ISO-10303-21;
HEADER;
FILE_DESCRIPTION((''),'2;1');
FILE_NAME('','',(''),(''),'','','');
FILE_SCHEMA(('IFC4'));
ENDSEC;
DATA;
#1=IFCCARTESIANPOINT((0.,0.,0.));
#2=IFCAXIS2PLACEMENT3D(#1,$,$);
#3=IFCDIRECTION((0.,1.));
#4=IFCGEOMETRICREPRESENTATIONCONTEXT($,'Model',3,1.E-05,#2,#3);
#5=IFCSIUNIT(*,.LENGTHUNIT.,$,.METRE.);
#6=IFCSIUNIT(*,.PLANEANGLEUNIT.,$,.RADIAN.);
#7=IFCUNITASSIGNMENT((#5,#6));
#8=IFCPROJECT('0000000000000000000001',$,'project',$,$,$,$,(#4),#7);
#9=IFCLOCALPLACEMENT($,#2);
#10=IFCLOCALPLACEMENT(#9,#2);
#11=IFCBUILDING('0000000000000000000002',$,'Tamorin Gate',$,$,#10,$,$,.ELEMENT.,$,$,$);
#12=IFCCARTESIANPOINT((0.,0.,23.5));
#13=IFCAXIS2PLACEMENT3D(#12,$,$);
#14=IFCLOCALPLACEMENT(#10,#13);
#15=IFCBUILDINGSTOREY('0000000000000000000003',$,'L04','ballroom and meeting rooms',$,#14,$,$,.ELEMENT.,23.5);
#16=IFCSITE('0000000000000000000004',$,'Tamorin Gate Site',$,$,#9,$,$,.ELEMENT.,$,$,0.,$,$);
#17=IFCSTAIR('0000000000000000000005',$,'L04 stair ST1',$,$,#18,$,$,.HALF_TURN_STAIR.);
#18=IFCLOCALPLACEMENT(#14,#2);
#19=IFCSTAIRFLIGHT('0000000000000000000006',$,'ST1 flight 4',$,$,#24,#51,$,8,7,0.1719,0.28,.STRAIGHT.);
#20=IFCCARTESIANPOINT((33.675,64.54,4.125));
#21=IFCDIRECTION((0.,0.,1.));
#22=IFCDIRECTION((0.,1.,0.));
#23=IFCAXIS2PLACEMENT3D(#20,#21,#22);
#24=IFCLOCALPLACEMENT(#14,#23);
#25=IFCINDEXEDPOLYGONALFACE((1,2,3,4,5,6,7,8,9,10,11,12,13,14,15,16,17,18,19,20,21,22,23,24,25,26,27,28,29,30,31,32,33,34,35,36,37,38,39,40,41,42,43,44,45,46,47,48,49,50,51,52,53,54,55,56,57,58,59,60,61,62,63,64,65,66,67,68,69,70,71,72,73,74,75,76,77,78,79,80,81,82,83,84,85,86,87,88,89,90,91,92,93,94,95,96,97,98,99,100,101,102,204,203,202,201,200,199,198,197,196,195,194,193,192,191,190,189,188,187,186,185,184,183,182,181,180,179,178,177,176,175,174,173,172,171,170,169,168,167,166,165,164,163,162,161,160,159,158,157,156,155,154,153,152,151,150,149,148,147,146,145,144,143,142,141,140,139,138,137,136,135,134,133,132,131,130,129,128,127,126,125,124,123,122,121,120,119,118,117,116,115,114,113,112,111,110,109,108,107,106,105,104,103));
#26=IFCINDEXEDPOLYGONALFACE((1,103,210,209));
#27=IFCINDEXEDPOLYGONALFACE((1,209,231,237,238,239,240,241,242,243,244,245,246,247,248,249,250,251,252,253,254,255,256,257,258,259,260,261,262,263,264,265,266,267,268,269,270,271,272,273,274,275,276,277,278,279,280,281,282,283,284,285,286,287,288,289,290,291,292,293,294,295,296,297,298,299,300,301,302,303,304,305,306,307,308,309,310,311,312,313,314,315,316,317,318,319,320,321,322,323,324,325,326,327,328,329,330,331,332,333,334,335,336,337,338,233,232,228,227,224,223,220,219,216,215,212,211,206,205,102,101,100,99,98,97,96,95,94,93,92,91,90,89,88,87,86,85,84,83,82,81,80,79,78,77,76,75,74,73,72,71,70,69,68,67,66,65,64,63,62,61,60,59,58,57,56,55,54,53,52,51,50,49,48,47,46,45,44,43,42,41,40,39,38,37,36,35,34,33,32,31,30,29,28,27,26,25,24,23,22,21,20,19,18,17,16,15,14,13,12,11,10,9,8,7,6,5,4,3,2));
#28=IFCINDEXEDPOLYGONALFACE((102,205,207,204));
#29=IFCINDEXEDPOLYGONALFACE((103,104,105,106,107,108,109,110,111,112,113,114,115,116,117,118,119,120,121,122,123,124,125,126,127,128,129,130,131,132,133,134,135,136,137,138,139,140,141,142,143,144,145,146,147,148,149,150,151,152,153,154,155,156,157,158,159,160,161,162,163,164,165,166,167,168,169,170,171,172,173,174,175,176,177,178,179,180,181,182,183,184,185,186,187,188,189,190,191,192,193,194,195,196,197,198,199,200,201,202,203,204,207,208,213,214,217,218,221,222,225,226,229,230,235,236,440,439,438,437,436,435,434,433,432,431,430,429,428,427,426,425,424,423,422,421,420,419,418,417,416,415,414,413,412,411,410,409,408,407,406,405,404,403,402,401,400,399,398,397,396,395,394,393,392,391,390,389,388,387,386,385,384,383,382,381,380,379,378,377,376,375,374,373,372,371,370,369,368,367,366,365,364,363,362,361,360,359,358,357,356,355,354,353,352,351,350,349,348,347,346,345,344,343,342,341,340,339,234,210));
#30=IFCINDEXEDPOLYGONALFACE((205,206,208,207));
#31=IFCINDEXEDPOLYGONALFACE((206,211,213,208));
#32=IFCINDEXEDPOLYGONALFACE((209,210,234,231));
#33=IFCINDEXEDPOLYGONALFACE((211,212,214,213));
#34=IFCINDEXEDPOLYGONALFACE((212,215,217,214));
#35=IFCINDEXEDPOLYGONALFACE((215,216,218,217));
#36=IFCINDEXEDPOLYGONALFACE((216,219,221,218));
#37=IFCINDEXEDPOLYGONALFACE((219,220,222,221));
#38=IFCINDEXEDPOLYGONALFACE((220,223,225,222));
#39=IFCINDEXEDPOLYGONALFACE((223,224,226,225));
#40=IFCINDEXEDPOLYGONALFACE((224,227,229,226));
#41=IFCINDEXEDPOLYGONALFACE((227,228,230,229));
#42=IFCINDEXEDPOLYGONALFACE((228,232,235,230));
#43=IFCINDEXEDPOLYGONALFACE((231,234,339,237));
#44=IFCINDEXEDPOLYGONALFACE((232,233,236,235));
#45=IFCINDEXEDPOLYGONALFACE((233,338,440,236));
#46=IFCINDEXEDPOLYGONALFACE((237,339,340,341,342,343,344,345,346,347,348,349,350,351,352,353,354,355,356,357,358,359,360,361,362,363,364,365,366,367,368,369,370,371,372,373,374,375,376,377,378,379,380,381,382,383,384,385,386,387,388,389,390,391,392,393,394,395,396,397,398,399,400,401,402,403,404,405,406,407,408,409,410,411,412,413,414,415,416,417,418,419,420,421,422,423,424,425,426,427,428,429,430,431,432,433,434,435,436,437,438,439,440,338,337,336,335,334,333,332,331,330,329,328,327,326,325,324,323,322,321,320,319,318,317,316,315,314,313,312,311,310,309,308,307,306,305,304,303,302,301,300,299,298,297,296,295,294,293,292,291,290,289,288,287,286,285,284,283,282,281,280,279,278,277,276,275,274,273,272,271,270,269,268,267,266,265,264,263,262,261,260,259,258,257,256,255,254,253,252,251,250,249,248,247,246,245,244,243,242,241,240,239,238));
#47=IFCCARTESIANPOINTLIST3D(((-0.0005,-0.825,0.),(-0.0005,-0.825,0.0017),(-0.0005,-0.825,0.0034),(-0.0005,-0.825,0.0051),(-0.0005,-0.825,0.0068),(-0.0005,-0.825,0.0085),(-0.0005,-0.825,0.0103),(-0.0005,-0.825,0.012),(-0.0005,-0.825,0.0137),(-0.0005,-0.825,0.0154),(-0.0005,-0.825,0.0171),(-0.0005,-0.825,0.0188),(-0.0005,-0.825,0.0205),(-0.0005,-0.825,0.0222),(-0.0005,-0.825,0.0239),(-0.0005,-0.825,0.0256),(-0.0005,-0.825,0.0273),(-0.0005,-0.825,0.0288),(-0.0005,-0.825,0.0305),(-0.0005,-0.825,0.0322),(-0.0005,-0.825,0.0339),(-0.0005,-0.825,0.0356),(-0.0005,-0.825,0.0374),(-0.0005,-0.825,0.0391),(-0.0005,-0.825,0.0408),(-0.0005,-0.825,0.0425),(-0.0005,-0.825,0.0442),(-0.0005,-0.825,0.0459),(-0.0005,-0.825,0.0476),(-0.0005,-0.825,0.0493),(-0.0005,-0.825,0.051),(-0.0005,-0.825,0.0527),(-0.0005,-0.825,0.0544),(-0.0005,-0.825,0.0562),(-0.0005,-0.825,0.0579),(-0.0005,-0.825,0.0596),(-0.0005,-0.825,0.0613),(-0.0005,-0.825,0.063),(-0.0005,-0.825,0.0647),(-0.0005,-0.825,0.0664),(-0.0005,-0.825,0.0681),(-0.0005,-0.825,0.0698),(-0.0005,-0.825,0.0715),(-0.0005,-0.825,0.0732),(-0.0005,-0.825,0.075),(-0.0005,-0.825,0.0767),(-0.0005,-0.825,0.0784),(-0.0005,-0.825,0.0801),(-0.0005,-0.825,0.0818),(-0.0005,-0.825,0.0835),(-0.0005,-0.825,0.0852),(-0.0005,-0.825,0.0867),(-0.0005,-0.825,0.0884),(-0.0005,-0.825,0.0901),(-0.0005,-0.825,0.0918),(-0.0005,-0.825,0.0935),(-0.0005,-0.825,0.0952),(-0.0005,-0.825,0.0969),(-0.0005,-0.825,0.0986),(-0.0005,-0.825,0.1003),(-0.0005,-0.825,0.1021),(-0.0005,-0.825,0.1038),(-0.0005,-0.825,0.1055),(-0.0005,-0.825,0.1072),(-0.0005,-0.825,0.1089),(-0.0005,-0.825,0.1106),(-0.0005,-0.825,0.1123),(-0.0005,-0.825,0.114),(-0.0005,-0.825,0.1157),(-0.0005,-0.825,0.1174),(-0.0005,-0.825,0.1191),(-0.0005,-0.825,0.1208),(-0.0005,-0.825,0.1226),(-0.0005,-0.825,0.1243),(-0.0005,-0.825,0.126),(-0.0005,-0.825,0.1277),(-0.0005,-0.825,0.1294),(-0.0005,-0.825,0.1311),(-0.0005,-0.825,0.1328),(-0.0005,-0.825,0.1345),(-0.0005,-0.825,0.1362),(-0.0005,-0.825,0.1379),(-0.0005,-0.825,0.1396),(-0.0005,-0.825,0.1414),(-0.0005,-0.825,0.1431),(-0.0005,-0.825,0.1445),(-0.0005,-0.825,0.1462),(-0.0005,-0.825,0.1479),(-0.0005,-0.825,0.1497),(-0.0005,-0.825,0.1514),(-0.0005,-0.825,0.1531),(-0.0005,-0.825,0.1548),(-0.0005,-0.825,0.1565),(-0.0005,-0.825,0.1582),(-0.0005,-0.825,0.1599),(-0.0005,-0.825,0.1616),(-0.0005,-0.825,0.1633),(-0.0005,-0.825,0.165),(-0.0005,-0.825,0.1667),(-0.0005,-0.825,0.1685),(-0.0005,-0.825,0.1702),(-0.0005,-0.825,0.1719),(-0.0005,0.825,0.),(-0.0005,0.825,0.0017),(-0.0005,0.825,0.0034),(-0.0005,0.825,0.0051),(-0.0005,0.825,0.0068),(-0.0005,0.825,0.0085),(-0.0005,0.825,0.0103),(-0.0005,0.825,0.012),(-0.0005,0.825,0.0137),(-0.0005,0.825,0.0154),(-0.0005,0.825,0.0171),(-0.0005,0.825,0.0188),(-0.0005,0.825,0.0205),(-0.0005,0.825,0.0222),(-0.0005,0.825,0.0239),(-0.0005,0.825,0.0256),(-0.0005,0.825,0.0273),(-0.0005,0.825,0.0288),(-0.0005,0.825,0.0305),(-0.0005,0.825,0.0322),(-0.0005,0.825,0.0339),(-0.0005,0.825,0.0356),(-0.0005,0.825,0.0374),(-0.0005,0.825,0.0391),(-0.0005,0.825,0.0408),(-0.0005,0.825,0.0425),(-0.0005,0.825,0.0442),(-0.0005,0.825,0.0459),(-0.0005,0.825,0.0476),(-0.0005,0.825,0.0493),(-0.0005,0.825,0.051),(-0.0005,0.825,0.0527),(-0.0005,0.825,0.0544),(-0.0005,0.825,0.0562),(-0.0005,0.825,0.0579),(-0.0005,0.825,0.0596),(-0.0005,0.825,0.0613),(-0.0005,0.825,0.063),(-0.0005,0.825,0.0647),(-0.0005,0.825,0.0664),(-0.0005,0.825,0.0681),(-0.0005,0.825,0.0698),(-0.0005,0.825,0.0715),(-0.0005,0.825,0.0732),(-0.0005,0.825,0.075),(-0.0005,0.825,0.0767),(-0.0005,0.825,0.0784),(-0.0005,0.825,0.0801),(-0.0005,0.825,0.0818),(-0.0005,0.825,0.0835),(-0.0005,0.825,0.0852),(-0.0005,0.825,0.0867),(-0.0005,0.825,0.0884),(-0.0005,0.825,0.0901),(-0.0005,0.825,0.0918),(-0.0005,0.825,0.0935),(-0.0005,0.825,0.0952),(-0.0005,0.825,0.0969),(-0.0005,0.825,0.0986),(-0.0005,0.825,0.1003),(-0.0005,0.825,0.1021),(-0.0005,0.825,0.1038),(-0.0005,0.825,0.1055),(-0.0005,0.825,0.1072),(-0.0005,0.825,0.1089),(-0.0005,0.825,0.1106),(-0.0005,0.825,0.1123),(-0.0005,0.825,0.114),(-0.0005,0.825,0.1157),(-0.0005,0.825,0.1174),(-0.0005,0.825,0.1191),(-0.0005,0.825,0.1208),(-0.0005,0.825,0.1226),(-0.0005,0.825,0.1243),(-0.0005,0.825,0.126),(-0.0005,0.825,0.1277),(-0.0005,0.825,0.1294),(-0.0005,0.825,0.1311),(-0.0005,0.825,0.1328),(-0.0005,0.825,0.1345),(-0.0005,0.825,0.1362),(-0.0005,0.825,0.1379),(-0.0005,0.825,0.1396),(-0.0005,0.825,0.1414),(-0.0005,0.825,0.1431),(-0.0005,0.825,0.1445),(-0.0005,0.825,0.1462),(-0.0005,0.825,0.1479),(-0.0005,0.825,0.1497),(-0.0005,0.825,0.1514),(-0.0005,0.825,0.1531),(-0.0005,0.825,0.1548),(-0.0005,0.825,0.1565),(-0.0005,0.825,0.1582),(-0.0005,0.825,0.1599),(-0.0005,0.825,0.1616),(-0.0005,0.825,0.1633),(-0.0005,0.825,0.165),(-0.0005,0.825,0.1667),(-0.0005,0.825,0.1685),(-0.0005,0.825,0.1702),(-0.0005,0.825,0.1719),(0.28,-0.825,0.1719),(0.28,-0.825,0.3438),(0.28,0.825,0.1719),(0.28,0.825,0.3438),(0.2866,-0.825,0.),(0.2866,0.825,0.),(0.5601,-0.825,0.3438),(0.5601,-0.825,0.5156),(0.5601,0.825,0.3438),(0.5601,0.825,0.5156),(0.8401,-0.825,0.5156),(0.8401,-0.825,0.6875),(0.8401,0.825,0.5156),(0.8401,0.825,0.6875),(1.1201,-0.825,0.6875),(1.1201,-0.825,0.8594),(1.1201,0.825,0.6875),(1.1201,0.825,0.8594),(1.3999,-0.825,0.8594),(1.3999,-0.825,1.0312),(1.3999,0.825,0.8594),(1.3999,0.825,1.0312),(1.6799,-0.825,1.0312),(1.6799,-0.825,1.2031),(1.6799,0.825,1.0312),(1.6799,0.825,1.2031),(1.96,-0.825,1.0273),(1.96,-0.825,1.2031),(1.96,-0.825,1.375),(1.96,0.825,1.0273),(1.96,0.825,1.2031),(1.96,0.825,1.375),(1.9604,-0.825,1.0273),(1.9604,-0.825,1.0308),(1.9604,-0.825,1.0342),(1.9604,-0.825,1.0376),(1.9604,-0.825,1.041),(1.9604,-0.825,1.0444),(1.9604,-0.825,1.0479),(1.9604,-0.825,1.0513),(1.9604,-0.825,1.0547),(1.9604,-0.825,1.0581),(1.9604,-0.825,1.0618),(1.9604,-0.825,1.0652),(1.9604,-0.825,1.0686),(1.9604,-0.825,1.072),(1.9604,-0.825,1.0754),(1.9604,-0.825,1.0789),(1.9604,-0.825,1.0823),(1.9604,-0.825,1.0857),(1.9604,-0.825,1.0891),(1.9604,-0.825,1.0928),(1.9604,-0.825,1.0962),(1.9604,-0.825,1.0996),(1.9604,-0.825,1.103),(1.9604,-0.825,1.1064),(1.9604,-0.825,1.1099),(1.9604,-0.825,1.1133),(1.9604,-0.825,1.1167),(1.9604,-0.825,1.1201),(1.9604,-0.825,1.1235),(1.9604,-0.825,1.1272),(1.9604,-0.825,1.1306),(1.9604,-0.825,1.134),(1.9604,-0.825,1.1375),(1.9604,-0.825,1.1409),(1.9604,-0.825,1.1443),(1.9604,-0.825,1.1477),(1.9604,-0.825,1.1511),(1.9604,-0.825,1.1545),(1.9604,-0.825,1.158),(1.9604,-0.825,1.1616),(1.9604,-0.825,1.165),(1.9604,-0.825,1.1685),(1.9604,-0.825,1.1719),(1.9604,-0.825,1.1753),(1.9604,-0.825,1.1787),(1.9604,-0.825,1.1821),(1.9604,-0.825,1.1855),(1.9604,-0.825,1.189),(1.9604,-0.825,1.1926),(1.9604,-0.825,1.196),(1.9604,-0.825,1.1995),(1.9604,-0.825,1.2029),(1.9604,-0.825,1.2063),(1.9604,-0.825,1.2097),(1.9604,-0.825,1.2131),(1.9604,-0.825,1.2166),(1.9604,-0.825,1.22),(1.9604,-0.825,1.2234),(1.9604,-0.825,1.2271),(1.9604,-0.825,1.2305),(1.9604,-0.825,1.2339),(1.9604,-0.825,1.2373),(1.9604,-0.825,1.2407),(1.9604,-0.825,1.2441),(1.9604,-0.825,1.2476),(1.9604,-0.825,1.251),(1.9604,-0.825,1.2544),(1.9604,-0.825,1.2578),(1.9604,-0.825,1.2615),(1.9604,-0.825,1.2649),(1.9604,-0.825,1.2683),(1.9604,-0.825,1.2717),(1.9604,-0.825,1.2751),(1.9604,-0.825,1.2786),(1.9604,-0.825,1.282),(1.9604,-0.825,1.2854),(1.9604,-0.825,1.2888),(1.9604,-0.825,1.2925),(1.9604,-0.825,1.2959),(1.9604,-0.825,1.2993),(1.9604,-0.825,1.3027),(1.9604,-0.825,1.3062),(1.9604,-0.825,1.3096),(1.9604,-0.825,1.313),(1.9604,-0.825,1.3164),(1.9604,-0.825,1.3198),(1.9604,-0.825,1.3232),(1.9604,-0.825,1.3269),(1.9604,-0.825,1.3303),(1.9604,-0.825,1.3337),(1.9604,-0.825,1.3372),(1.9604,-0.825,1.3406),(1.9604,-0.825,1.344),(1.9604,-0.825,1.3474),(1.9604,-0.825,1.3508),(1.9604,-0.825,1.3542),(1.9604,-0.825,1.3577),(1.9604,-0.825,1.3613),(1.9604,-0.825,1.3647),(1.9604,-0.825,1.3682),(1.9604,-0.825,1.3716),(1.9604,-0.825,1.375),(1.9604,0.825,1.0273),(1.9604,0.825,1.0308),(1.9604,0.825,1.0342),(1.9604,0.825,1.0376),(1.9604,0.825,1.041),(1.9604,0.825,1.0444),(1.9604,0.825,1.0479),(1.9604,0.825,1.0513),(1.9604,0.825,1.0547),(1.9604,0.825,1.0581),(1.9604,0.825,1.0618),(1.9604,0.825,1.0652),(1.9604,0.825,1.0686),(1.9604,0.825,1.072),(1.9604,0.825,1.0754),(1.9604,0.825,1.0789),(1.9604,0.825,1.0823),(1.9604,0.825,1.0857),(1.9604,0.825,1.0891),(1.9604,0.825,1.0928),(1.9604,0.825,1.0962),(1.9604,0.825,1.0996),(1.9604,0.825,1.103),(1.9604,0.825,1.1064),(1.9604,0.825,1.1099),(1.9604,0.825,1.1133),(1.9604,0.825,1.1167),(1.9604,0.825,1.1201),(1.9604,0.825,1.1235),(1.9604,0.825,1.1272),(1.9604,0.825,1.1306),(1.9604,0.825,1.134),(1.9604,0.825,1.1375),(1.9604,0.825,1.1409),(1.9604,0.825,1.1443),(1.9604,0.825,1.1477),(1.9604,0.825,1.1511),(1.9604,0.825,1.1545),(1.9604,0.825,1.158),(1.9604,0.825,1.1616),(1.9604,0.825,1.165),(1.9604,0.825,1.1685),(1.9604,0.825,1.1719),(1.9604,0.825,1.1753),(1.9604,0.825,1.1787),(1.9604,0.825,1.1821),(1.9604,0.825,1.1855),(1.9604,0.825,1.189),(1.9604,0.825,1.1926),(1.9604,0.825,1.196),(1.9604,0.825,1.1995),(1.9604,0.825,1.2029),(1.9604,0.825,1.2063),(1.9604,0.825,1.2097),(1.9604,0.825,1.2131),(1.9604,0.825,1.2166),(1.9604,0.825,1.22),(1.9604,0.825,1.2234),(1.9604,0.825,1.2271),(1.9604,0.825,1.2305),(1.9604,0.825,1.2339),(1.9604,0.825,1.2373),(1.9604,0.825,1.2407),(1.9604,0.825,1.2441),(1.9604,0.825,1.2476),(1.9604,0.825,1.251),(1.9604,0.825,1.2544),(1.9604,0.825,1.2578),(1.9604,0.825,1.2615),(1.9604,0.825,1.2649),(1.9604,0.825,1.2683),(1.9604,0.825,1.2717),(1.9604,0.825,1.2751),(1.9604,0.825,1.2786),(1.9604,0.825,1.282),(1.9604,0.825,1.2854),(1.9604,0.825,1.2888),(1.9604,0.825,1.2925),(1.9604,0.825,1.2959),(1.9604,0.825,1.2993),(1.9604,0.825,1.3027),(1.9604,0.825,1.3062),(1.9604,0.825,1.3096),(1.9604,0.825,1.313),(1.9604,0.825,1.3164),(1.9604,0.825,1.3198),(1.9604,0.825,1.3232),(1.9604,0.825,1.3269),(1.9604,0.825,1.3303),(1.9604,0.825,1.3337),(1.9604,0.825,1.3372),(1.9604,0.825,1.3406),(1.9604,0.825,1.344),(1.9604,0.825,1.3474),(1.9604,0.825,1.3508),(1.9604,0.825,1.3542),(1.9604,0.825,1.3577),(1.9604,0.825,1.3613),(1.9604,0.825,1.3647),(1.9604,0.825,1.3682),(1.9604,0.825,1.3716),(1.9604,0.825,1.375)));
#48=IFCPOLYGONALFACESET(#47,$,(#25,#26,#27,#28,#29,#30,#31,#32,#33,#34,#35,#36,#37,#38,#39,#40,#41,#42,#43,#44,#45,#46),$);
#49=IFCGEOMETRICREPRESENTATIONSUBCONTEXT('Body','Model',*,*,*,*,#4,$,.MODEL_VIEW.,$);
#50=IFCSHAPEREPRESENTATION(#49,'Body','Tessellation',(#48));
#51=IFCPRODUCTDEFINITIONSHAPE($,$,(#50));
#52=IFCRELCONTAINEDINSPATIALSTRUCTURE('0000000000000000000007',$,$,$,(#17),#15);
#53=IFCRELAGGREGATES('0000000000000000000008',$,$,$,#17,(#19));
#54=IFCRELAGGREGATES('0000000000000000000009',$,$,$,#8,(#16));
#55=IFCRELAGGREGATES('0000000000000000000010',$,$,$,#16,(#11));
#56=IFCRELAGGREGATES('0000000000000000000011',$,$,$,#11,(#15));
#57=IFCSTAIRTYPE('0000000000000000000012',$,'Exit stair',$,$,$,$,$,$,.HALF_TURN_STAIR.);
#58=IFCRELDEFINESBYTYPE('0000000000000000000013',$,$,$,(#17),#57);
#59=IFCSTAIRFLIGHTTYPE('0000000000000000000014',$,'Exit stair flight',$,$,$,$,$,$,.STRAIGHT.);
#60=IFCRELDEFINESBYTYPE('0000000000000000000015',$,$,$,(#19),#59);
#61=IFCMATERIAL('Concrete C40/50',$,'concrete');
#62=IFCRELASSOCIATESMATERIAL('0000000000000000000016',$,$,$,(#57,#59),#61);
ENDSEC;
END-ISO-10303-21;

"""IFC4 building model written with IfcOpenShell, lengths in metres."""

from ifc_helpers import new_model, si_unit, direction, frame, origin, place, context, subcontext, project, spatial, polyline, outline, extrude, material, type_object, element, aggregate, save


model = new_model("IFC4")

# Units and contexts
model_context = context("Model", 3, precision=1e-05, world=origin(), true_north=direction((0.0, 1.0)))
body_context = subcontext(model_context, "Body", "Model", "MODEL_VIEW")
ifc_project = project(units=[si_unit("LENGTHUNIT", "METRE"), si_unit("PLANEANGLEUNIT", "RADIAN")], contexts=[model_context])

# Site, building, storey
site_placement = place(None, origin())
site = spatial("IfcSite", under=ifc_project, at=site_placement, Name="Tamorin Gate Site", CompositionType="ELEMENT", RefElevation=0.0)
building_placement = place(site_placement, origin())
building = spatial("IfcBuilding", under=site, at=building_placement, Name="Tamorin Gate", CompositionType="ELEMENT")
storey_placement = place(building_placement, frame((0.0, 0.0, 23.5)))
storey = spatial("IfcBuildingStorey", under=building, at=storey_placement, Name="L04", Description="ballroom and meeting rooms", CompositionType="ELEMENT", Elevation=23.5)

# Stair, stair flight
ifc_material_1 = material(Name="Concrete C40/50", Category="concrete")
stair_type = type_object("IfcStairType", Name="Exit stair", PredefinedType="HALF_TURN_STAIR", material=ifc_material_1)
stair_placement = place(storey_placement, origin())
stair = element("IfcStair", 1, at=stair_placement, inside=storey, type_object=stair_type, Name="L04 stair ST1", PredefinedType="HALF_TURN_STAIR")
stair_flight_type = type_object("IfcStairFlightType", Name="Exit stair flight", PredefinedType="STRAIGHT", material=ifc_material_1)
stair_flight_1_placement = place(storey_placement, frame((33.675, 64.54, 4.125), z_axis=(0.0, 0.0, 1.0), x_axis=(0.0, 1.0, 0.0)))
stair_flight_1 = element("IfcStairFlight", 2, at=stair_flight_1_placement, type_object=stair_flight_type, Name="ST1 flight 4", NumberOfRisers=8, NumberOfTreads=7, PredefinedType="STRAIGHT", RiserHeight=0.1719, TreadLength=0.28, context=body_context, shape_type="SweptSolid", body=[
    extrude(outline(polyline([(-0.0005, 0.0), (-0.0005, 0.0017), (-0.0005, 0.0034), (-0.0005, 0.0051), (-0.0005, 0.0068), (-0.0005, 0.0085), (-0.0005, 0.0103), (-0.0005, 0.012), (-0.0005, 0.0137), (-0.0005, 0.0154), (-0.0005, 0.0171), (-0.0005, 0.0188), (-0.0005, 0.0205), (-0.0005, 0.0222), (-0.0005, 0.0239), (-0.0005, 0.0256), (-0.0005, 0.0273), (-0.0005, 0.0288), (-0.0005, 0.0305), (-0.0005, 0.0322), (-0.0005, 0.0339), (-0.0005, 0.0356), (-0.0005, 0.0374), (-0.0005, 0.0391), (-0.0005, 0.0408), (-0.0005, 0.0425), (-0.0005, 0.0442), (-0.0005, 0.0459), (-0.0005, 0.0476), (-0.0005, 0.0493), (-0.0005, 0.051), (-0.0005, 0.0527), (-0.0005, 0.0544), (-0.0005, 0.0562), (-0.0005, 0.0579), (-0.0005, 0.0596), (-0.0005, 0.0613), (-0.0005, 0.063), (-0.0005, 0.0647), (-0.0005, 0.0664), (-0.0005, 0.0681), (-0.0005, 0.0698), (-0.0005, 0.0715), (-0.0005, 0.0732), (-0.0005, 0.075), (-0.0005, 0.0767), (-0.0005, 0.0784), (-0.0005, 0.0801), (-0.0005, 0.0818), (-0.0005, 0.0835), (-0.0005, 0.0852), (-0.0005, 0.0867), (-0.0005, 0.0884), (-0.0005, 0.0901), (-0.0005, 0.0918), (-0.0005, 0.0935), (-0.0005, 0.0952), (-0.0005, 0.0969), (-0.0005, 0.0986), (-0.0005, 0.1003), (-0.0005, 0.1021), (-0.0005, 0.1038), (-0.0005, 0.1055), (-0.0005, 0.1072), (-0.0005, 0.1089), (-0.0005, 0.1106), (-0.0005, 0.1123), (-0.0005, 0.114), (-0.0005, 0.1157), (-0.0005, 0.1174), (-0.0005, 0.1191), (-0.0005, 0.1208), (-0.0005, 0.1226), (-0.0005, 0.1243), (-0.0005, 0.126), (-0.0005, 0.1277), (-0.0005, 0.1294), (-0.0005, 0.1311), (-0.0005, 0.1328), (-0.0005, 0.1345), (-0.0005, 0.1362), (-0.0005, 0.1379), (-0.0005, 0.1396), (-0.0005, 0.1414), (-0.0005, 0.1431), (-0.0005, 0.1445), (-0.0005, 0.1462), (-0.0005, 0.1479), (-0.0005, 0.1497), (-0.0005, 0.1514), (-0.0005, 0.1531), (-0.0005, 0.1548), (-0.0005, 0.1565), (-0.0005, 0.1582), (-0.0005, 0.1599), (-0.0005, 0.1616), (-0.0005, 0.1633), (-0.0005, 0.165), (-0.0005, 0.1667), (-0.0005, 0.1685), (-0.0005, 0.1702), (-0.0005, 0.1719), (0.28, 0.1719), (0.28, 0.3438), (0.5601, 0.3438), (0.5601, 0.5156), (0.8401, 0.5156), (0.8401, 0.6875), (1.1201, 0.6875), (1.1201, 0.8594), (1.3999, 0.8594), (1.3999, 1.0312), (1.6799, 1.0312), (1.6799, 1.2031), (1.96, 1.2031), (1.96, 1.375), (1.9604, 1.375), (1.9604, 1.3716), (1.9604, 1.3682), (1.9604, 1.3647), (1.9604, 1.3613), (1.9604, 1.3577), (1.9604, 1.3542), (1.9604, 1.3508), (1.9604, 1.3474), (1.9604, 1.344), (1.9604, 1.3406), (1.9604, 1.3372), (1.9604, 1.3337), (1.9604, 1.3303), (1.9604, 1.3269), (1.9604, 1.3232), (1.9604, 1.3198), (1.9604, 1.3164), (1.9604, 1.313), (1.9604, 1.3096), (1.9604, 1.3062), (1.9604, 1.3027), (1.9604, 1.2993), (1.9604, 1.2959), (1.9604, 1.2925), (1.9604, 1.2888), (1.9604, 1.2854), (1.9604, 1.282), (1.9604, 1.2786), (1.9604, 1.2751), (1.9604, 1.2717), (1.9604, 1.2683), (1.9604, 1.2649), (1.9604, 1.2615), (1.9604, 1.2578), (1.9604, 1.2544), (1.9604, 1.251), (1.9604, 1.2476), (1.9604, 1.2441), (1.9604, 1.2407), (1.9604, 1.2373), (1.9604, 1.2339), (1.9604, 1.2305), (1.9604, 1.2271), (1.9604, 1.2234), (1.9604, 1.22), (1.9604, 1.2166), (1.9604, 1.2131), (1.9604, 1.2097), (1.9604, 1.2063), (1.9604, 1.2029), (1.9604, 1.1995), (1.9604, 1.196), (1.9604, 1.1926), (1.9604, 1.189), (1.9604, 1.1855), (1.9604, 1.1821), (1.9604, 1.1787), (1.9604, 1.1753), (1.9604, 1.1719), (1.9604, 1.1685), (1.9604, 1.165), (1.9604, 1.1616), (1.9604, 1.158), (1.9604, 1.1545), (1.9604, 1.1511), (1.9604, 1.1477), (1.9604, 1.1443), (1.9604, 1.1409), (1.9604, 1.1375), (1.9604, 1.134), (1.9604, 1.1306), (1.9604, 1.1272), (1.9604, 1.1235), (1.9604, 1.1201), (1.9604, 1.1167), (1.9604, 1.1133), (1.9604, 1.1099), (1.9604, 1.1064), (1.9604, 1.103), (1.9604, 1.0996), (1.9604, 1.0962), (1.9604, 1.0928), (1.9604, 1.0891), (1.9604, 1.0857), (1.9604, 1.0823), (1.9604, 1.0789), (1.9604, 1.0754), (1.9604, 1.072), (1.9604, 1.0686), (1.9604, 1.0652), (1.9604, 1.0618), (1.9604, 1.0581), (1.9604, 1.0547), (1.9604, 1.0513), (1.9604, 1.0479), (1.9604, 1.0444), (1.9604, 1.041), (1.9604, 1.0376), (1.9604, 1.0342), (1.9604, 1.0308), (1.9604, 1.0273), (1.96, 1.0273), (0.2866, 0.0), (-0.0005, 0.0)])), frame((0.0, 0.825, 0.0), z_axis=(0.0, -1.0, 0.0), x_axis=(1.0, 0.0, 0.0)), (0.0, 0.0, 1.0), 1.6499),
])
aggregate(stair, [stair_flight_1])

save(model, "model.ifc")
